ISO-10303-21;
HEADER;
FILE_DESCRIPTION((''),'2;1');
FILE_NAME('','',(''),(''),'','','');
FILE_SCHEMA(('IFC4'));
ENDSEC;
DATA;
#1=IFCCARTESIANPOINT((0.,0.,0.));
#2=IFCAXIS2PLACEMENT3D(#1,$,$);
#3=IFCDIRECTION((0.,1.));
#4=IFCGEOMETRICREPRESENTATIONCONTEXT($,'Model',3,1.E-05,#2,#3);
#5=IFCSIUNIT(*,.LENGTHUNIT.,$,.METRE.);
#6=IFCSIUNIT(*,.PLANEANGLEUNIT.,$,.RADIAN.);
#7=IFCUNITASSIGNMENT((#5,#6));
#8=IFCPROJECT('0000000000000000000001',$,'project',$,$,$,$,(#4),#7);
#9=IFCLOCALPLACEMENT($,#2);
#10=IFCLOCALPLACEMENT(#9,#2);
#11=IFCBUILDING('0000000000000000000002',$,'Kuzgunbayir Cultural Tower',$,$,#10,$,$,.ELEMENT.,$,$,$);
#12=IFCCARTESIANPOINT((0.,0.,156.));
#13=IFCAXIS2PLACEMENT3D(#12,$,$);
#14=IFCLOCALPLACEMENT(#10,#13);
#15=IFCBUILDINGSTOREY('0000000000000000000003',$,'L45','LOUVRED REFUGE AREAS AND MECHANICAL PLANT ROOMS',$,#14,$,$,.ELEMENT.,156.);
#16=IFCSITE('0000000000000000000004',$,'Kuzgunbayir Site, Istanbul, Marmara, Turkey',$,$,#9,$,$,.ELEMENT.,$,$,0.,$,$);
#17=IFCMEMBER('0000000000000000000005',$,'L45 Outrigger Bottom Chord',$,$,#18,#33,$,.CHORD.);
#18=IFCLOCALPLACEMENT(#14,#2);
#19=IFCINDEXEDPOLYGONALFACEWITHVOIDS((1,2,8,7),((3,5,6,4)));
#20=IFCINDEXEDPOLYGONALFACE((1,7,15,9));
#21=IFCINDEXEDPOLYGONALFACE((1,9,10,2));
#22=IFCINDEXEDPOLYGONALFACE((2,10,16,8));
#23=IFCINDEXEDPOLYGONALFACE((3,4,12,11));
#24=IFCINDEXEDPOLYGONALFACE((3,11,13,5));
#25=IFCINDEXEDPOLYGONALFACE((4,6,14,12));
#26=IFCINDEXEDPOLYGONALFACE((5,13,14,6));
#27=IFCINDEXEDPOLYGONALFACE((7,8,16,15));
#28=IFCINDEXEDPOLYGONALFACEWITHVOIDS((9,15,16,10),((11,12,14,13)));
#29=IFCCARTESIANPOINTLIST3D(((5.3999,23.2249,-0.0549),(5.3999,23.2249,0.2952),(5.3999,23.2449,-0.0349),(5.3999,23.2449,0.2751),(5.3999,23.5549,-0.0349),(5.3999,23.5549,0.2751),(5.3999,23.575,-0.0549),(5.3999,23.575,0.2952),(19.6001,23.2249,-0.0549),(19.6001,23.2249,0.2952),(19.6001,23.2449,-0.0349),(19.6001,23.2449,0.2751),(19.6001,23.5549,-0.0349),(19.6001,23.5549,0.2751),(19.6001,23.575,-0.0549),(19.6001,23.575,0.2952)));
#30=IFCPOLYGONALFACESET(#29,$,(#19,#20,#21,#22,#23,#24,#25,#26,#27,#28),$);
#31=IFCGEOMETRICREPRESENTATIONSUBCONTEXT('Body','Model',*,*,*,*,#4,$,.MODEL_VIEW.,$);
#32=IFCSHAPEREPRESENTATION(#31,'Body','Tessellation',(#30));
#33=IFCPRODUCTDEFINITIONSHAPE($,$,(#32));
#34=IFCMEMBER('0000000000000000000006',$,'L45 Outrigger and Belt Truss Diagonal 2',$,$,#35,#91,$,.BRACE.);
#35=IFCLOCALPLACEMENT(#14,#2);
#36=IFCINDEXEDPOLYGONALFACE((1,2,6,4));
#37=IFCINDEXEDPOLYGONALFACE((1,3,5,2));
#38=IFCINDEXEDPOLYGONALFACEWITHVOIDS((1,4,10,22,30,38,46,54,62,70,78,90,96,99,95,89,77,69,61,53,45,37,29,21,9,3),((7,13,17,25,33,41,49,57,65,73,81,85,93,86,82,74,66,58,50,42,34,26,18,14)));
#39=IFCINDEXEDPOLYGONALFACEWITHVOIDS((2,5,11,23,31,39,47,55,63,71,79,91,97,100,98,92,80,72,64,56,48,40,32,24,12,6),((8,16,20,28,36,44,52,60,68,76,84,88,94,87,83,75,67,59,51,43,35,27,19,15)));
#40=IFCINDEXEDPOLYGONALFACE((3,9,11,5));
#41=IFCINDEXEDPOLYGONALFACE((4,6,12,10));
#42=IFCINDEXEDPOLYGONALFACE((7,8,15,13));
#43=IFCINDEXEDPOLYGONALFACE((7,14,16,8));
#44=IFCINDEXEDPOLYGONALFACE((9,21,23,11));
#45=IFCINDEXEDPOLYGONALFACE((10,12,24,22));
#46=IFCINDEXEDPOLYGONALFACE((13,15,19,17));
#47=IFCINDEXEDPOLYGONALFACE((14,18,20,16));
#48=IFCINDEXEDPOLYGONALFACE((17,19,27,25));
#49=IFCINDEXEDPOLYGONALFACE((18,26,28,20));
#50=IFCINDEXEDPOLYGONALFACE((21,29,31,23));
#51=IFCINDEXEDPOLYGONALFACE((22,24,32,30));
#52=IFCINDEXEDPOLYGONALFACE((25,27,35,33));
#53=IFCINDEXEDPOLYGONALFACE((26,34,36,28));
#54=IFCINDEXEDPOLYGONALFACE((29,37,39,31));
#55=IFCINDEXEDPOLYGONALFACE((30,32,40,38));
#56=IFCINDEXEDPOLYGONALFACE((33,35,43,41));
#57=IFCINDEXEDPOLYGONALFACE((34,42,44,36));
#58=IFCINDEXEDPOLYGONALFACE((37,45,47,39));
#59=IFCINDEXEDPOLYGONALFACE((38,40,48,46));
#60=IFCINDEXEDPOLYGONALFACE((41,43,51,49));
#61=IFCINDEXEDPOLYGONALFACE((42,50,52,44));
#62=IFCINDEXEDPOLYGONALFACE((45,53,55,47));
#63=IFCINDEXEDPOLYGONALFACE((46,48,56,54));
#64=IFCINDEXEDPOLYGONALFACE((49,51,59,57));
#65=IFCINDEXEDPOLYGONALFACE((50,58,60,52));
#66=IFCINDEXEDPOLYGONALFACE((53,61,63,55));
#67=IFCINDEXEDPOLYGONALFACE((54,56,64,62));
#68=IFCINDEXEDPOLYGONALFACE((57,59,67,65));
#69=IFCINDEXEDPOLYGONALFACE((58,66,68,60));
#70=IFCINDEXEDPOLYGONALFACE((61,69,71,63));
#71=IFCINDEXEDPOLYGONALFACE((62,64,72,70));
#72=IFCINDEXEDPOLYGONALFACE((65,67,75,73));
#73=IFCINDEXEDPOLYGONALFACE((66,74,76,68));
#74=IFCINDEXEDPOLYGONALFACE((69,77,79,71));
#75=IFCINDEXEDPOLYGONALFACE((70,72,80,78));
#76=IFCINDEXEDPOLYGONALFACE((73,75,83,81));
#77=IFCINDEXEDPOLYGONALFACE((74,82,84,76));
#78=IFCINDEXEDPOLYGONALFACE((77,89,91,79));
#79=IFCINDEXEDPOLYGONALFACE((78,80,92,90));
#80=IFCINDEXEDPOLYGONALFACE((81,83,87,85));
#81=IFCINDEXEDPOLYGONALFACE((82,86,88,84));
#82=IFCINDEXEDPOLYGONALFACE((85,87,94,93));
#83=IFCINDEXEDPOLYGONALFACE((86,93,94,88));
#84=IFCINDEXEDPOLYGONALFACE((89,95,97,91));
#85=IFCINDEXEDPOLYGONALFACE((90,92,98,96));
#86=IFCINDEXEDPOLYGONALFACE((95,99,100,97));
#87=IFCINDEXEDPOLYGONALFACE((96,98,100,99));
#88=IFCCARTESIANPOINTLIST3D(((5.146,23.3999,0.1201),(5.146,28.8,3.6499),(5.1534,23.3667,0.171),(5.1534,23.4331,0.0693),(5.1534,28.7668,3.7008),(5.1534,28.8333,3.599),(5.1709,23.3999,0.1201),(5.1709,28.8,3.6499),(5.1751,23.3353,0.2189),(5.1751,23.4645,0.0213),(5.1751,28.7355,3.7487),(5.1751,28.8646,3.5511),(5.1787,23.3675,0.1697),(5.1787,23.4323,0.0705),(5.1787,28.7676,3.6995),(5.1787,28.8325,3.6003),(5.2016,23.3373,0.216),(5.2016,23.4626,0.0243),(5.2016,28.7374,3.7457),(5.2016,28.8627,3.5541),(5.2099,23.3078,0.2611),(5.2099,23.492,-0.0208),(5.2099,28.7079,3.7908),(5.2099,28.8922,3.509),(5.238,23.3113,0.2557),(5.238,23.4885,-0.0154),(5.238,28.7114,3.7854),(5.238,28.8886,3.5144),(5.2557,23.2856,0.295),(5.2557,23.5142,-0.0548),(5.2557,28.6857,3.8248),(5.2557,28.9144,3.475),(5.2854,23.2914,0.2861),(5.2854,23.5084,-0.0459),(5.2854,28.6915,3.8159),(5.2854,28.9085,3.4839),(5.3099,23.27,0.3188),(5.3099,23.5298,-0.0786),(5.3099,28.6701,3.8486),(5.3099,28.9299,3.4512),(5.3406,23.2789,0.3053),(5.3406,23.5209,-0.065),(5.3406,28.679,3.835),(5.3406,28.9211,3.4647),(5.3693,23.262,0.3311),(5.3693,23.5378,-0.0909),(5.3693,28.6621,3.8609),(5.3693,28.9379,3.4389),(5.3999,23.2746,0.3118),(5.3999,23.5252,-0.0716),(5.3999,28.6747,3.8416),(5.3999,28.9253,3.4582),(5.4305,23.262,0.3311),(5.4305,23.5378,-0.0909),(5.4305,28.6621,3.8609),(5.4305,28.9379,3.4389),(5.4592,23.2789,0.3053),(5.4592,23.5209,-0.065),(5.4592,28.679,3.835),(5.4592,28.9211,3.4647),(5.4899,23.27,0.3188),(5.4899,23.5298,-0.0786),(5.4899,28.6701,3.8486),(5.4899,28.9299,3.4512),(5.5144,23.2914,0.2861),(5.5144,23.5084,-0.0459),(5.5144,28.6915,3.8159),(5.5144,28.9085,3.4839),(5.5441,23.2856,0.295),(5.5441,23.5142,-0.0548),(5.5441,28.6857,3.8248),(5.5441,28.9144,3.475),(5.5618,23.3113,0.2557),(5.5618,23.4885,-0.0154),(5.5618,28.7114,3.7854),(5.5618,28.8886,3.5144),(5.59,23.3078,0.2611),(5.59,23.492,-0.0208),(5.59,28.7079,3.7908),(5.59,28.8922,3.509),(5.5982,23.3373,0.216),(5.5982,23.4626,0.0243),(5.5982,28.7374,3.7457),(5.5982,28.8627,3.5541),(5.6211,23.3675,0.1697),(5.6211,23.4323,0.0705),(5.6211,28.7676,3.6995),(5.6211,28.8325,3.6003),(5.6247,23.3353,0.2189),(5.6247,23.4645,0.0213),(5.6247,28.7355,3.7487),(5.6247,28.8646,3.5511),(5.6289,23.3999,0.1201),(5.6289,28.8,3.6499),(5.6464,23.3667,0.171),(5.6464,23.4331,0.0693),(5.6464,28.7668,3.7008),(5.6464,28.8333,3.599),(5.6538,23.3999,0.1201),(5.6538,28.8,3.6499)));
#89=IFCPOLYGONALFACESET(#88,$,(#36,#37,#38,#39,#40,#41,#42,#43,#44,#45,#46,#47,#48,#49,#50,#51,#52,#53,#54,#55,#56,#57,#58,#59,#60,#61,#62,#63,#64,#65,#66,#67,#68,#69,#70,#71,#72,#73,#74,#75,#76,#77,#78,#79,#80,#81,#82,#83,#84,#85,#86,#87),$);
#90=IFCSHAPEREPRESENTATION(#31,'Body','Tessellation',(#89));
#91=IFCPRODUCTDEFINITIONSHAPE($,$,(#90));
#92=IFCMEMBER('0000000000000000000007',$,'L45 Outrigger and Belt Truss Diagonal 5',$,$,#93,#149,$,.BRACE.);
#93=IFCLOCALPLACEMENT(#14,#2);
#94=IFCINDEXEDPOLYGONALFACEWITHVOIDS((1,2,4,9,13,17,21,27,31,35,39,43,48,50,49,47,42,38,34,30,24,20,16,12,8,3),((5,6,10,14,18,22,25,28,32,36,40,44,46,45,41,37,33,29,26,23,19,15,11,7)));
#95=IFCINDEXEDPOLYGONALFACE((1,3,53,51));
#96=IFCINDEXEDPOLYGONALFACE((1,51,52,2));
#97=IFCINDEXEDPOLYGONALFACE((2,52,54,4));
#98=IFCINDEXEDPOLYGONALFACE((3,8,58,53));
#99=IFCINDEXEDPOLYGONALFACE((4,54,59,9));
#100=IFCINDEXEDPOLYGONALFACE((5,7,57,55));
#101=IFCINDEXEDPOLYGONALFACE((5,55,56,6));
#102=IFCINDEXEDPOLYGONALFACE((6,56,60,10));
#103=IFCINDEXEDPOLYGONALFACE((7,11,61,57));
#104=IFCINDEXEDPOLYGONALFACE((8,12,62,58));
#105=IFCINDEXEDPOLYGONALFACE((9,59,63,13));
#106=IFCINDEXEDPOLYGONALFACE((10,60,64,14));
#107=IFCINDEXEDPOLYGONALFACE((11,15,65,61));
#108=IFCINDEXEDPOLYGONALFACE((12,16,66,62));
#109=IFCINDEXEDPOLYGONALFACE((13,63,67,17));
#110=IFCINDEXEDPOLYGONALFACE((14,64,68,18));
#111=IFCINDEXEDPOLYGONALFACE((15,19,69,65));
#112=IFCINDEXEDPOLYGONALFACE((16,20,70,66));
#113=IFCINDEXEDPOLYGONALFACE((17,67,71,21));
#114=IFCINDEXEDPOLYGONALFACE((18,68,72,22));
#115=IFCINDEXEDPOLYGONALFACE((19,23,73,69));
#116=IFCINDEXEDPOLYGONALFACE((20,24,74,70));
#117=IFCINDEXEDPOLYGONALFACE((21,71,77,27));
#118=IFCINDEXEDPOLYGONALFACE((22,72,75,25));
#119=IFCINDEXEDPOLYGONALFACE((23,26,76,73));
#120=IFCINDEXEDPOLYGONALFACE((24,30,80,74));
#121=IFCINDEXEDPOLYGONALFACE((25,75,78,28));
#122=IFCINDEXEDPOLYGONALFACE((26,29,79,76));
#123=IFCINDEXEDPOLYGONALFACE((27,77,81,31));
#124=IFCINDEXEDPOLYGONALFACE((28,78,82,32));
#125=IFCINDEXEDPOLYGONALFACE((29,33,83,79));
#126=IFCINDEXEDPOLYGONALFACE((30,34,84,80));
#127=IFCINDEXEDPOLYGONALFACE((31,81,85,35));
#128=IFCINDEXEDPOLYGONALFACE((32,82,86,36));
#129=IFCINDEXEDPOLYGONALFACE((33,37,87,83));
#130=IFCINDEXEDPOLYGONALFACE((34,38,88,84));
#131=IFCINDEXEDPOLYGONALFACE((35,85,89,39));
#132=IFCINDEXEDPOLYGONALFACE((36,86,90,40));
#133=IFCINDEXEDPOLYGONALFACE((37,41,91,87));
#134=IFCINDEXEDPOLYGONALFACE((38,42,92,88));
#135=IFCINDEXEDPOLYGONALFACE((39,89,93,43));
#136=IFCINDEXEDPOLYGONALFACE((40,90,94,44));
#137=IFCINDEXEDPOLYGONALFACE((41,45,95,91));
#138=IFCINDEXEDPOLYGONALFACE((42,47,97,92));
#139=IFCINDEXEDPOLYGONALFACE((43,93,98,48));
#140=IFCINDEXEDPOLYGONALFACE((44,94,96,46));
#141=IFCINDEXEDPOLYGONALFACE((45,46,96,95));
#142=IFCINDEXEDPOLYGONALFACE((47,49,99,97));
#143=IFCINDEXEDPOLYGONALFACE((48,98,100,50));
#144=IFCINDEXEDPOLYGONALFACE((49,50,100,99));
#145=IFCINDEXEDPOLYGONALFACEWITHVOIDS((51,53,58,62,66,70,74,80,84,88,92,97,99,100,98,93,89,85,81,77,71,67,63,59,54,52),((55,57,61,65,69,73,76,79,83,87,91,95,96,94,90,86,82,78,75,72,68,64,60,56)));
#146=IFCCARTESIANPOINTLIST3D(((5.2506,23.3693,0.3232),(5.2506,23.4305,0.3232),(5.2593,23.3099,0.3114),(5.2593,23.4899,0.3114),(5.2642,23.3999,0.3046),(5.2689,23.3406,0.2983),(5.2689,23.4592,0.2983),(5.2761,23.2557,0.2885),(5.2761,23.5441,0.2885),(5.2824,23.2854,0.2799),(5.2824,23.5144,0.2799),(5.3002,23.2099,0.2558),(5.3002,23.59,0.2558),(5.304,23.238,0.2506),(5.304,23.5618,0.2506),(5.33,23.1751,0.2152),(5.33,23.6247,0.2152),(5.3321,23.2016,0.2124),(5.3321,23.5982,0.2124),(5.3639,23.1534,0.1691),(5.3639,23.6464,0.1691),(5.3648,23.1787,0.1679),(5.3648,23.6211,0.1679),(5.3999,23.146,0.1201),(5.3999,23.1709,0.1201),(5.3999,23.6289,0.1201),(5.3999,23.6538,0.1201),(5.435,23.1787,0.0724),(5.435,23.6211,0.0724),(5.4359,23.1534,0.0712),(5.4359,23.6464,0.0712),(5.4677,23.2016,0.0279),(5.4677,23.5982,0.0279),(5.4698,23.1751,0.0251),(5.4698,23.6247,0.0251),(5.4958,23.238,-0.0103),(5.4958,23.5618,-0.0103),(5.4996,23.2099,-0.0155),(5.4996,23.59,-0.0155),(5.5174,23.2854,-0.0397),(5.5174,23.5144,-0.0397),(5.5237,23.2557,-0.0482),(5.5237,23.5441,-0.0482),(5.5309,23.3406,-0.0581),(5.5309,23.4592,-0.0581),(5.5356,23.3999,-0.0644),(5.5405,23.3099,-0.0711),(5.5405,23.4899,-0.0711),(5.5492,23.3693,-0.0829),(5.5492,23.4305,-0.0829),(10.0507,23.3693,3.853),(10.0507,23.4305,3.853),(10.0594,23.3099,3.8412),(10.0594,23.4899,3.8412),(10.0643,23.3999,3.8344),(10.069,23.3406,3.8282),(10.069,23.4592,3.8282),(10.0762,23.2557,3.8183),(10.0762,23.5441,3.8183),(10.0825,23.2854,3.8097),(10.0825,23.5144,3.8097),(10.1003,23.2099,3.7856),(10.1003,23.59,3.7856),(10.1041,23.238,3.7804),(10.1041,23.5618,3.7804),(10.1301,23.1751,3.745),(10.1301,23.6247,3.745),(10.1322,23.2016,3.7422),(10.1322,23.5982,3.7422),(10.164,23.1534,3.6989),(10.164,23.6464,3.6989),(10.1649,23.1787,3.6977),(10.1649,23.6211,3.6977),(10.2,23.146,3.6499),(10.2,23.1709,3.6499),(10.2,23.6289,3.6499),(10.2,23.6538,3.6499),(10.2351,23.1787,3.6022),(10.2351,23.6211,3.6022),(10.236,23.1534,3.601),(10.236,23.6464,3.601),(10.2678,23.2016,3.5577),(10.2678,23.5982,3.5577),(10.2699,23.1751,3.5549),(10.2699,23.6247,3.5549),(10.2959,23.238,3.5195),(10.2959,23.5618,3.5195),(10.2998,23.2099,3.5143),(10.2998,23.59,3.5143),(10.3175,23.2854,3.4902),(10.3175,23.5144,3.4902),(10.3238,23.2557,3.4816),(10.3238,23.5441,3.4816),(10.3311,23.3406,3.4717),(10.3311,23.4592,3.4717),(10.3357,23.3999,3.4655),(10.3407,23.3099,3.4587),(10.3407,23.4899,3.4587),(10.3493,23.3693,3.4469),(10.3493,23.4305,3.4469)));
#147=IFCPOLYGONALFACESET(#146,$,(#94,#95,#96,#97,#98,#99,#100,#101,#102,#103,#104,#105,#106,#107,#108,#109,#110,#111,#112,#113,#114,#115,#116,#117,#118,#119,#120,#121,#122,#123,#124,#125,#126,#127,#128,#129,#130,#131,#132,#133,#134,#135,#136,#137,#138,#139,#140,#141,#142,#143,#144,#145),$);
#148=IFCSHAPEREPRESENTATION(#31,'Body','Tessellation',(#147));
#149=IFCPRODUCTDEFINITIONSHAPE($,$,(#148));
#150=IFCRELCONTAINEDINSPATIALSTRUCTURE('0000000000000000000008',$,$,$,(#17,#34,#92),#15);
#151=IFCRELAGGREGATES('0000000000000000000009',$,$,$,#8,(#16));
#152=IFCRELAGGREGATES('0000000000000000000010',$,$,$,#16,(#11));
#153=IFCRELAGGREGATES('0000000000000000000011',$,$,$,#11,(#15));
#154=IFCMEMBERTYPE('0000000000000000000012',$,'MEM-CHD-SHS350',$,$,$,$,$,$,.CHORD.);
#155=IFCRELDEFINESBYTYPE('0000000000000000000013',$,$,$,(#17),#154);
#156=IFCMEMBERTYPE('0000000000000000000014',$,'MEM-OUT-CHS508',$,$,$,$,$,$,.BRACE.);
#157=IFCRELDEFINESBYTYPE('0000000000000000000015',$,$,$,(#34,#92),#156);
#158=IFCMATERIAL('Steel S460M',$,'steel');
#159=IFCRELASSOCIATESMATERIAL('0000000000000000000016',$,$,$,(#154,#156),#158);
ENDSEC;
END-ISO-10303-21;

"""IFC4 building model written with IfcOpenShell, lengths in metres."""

from ifc_helpers import new_model, si_unit, direction, frame, origin, origin_2d, place, context, subcontext, project, spatial, hollow_rectangle, hollow_circle, extrude, material, material_profile, profile_set, type_object, element, save


model = new_model("IFC4")

# Units and contexts
model_context = context("Model", 3, precision=1e-05, world=origin(), true_north=direction((0.0, 1.0)))
body_context = subcontext(model_context, "Body", "Model", "MODEL_VIEW")
ifc_project = project(units=[si_unit("LENGTHUNIT", "METRE"), si_unit("PLANEANGLEUNIT", "RADIAN")], contexts=[model_context])

# Site, building, storey
site_placement = place(None, origin())
site = spatial("IfcSite", under=ifc_project, at=site_placement, Name="Kuzgunbayir Site, Istanbul, Marmara, Turkey", CompositionType="ELEMENT", RefElevation=0.0)
building_placement = place(site_placement, origin())
building = spatial("IfcBuilding", under=site, at=building_placement, Name="Kuzgunbayir Cultural Tower", CompositionType="ELEMENT")
storey_placement = place(building_placement, frame((0.0, 0.0, 156.0)))
storey = spatial("IfcBuildingStorey", under=building, at=storey_placement, Name="L45", Description="LOUVRED REFUGE AREAS AND MECHANICAL PLANT ROOMS", CompositionType="ELEMENT", Elevation=156.0)

# Members
ifc_material_1 = material(Name="Steel S460M", Category="steel")
ifc_material_profile_1 = material_profile(ifc_material_1, hollow_rectangle(XDim=0.3501, YDim=0.3501, WallThickness=0.02, at=origin_2d()), Name="SHS 350x350x20")
ifc_profile_set_1 = profile_set([ifc_material_profile_1], Name="Steel S460M")
member_type_1 = type_object("IfcMemberType", Name="MEM-CHD-SHS350", PredefinedType="CHORD", material=ifc_profile_set_1)
member_1_placement = place(storey_placement, frame((5.3999, 23.3999, 0.1201), z_axis=(1.0, 0.0, 0.0), x_axis=(0.0, 1.0, 0.0)))
element("IfcMember", 1, at=member_1_placement, inside=storey, type_object=member_type_1, Name="L45 Outrigger Bottom Chord", PredefinedType="CHORD", context=body_context, shape_type="SweptSolid", body=[
    extrude(hollow_rectangle(XDim=0.3501, YDim=0.3501, WallThickness=0.02, at=origin_2d()), origin(), (0.0, 0.0, 1.0), 14.2002),
])
ifc_material_profile_2 = material_profile(ifc_material_1, hollow_circle(Radius=0.2539, WallThickness=0.0249, at=origin_2d()), Name="CHS 508x25")
ifc_profile_set_2 = profile_set([ifc_material_profile_2], Name="Steel S460M")
member_type_2 = type_object("IfcMemberType", Name="MEM-OUT-CHS508", PredefinedType="BRACE", material=ifc_profile_set_2)
member_2_placement = place(storey_placement, frame((5.3999, 23.3999, 0.1201), z_axis=(0.0, 0.837046, 0.547132), x_axis=(-1.0, 0.0, 0.0)))
element("IfcMember", 2, at=member_2_placement, inside=storey, type_object=member_type_2, Name="L45 Outrigger and Belt Truss Diagonal 2", PredefinedType="BRACE", context=body_context, shape_type="SweptSolid", body=[
    extrude(hollow_circle(Radius=0.2539, WallThickness=0.0249, at=origin_2d()), origin(), (0.0, 0.0, 1.0), 6.4514),
])
for number, where, z_axis, x_axis, name in (
    (3, (5.3999, 23.3999, 0.1201), (0.805624, 0.0, 0.592427), (0.0, 1.0, 0.0), "L45 Outrigger and Belt Truss Diagonal 5"),
):
    element("IfcMember", number, at=place(storey_placement, frame(where, z_axis=z_axis, x_axis=x_axis)), inside=storey, type_object=member_type_2, Name=name, PredefinedType="BRACE", context=body_context, shape_type="SweptSolid", body=[
        extrude(hollow_circle(Radius=0.2539, WallThickness=0.0249, at=origin_2d()), origin(), (0.0, 0.0, 1.0), 5.9583),
    ])

save(model, "model.ifc")
